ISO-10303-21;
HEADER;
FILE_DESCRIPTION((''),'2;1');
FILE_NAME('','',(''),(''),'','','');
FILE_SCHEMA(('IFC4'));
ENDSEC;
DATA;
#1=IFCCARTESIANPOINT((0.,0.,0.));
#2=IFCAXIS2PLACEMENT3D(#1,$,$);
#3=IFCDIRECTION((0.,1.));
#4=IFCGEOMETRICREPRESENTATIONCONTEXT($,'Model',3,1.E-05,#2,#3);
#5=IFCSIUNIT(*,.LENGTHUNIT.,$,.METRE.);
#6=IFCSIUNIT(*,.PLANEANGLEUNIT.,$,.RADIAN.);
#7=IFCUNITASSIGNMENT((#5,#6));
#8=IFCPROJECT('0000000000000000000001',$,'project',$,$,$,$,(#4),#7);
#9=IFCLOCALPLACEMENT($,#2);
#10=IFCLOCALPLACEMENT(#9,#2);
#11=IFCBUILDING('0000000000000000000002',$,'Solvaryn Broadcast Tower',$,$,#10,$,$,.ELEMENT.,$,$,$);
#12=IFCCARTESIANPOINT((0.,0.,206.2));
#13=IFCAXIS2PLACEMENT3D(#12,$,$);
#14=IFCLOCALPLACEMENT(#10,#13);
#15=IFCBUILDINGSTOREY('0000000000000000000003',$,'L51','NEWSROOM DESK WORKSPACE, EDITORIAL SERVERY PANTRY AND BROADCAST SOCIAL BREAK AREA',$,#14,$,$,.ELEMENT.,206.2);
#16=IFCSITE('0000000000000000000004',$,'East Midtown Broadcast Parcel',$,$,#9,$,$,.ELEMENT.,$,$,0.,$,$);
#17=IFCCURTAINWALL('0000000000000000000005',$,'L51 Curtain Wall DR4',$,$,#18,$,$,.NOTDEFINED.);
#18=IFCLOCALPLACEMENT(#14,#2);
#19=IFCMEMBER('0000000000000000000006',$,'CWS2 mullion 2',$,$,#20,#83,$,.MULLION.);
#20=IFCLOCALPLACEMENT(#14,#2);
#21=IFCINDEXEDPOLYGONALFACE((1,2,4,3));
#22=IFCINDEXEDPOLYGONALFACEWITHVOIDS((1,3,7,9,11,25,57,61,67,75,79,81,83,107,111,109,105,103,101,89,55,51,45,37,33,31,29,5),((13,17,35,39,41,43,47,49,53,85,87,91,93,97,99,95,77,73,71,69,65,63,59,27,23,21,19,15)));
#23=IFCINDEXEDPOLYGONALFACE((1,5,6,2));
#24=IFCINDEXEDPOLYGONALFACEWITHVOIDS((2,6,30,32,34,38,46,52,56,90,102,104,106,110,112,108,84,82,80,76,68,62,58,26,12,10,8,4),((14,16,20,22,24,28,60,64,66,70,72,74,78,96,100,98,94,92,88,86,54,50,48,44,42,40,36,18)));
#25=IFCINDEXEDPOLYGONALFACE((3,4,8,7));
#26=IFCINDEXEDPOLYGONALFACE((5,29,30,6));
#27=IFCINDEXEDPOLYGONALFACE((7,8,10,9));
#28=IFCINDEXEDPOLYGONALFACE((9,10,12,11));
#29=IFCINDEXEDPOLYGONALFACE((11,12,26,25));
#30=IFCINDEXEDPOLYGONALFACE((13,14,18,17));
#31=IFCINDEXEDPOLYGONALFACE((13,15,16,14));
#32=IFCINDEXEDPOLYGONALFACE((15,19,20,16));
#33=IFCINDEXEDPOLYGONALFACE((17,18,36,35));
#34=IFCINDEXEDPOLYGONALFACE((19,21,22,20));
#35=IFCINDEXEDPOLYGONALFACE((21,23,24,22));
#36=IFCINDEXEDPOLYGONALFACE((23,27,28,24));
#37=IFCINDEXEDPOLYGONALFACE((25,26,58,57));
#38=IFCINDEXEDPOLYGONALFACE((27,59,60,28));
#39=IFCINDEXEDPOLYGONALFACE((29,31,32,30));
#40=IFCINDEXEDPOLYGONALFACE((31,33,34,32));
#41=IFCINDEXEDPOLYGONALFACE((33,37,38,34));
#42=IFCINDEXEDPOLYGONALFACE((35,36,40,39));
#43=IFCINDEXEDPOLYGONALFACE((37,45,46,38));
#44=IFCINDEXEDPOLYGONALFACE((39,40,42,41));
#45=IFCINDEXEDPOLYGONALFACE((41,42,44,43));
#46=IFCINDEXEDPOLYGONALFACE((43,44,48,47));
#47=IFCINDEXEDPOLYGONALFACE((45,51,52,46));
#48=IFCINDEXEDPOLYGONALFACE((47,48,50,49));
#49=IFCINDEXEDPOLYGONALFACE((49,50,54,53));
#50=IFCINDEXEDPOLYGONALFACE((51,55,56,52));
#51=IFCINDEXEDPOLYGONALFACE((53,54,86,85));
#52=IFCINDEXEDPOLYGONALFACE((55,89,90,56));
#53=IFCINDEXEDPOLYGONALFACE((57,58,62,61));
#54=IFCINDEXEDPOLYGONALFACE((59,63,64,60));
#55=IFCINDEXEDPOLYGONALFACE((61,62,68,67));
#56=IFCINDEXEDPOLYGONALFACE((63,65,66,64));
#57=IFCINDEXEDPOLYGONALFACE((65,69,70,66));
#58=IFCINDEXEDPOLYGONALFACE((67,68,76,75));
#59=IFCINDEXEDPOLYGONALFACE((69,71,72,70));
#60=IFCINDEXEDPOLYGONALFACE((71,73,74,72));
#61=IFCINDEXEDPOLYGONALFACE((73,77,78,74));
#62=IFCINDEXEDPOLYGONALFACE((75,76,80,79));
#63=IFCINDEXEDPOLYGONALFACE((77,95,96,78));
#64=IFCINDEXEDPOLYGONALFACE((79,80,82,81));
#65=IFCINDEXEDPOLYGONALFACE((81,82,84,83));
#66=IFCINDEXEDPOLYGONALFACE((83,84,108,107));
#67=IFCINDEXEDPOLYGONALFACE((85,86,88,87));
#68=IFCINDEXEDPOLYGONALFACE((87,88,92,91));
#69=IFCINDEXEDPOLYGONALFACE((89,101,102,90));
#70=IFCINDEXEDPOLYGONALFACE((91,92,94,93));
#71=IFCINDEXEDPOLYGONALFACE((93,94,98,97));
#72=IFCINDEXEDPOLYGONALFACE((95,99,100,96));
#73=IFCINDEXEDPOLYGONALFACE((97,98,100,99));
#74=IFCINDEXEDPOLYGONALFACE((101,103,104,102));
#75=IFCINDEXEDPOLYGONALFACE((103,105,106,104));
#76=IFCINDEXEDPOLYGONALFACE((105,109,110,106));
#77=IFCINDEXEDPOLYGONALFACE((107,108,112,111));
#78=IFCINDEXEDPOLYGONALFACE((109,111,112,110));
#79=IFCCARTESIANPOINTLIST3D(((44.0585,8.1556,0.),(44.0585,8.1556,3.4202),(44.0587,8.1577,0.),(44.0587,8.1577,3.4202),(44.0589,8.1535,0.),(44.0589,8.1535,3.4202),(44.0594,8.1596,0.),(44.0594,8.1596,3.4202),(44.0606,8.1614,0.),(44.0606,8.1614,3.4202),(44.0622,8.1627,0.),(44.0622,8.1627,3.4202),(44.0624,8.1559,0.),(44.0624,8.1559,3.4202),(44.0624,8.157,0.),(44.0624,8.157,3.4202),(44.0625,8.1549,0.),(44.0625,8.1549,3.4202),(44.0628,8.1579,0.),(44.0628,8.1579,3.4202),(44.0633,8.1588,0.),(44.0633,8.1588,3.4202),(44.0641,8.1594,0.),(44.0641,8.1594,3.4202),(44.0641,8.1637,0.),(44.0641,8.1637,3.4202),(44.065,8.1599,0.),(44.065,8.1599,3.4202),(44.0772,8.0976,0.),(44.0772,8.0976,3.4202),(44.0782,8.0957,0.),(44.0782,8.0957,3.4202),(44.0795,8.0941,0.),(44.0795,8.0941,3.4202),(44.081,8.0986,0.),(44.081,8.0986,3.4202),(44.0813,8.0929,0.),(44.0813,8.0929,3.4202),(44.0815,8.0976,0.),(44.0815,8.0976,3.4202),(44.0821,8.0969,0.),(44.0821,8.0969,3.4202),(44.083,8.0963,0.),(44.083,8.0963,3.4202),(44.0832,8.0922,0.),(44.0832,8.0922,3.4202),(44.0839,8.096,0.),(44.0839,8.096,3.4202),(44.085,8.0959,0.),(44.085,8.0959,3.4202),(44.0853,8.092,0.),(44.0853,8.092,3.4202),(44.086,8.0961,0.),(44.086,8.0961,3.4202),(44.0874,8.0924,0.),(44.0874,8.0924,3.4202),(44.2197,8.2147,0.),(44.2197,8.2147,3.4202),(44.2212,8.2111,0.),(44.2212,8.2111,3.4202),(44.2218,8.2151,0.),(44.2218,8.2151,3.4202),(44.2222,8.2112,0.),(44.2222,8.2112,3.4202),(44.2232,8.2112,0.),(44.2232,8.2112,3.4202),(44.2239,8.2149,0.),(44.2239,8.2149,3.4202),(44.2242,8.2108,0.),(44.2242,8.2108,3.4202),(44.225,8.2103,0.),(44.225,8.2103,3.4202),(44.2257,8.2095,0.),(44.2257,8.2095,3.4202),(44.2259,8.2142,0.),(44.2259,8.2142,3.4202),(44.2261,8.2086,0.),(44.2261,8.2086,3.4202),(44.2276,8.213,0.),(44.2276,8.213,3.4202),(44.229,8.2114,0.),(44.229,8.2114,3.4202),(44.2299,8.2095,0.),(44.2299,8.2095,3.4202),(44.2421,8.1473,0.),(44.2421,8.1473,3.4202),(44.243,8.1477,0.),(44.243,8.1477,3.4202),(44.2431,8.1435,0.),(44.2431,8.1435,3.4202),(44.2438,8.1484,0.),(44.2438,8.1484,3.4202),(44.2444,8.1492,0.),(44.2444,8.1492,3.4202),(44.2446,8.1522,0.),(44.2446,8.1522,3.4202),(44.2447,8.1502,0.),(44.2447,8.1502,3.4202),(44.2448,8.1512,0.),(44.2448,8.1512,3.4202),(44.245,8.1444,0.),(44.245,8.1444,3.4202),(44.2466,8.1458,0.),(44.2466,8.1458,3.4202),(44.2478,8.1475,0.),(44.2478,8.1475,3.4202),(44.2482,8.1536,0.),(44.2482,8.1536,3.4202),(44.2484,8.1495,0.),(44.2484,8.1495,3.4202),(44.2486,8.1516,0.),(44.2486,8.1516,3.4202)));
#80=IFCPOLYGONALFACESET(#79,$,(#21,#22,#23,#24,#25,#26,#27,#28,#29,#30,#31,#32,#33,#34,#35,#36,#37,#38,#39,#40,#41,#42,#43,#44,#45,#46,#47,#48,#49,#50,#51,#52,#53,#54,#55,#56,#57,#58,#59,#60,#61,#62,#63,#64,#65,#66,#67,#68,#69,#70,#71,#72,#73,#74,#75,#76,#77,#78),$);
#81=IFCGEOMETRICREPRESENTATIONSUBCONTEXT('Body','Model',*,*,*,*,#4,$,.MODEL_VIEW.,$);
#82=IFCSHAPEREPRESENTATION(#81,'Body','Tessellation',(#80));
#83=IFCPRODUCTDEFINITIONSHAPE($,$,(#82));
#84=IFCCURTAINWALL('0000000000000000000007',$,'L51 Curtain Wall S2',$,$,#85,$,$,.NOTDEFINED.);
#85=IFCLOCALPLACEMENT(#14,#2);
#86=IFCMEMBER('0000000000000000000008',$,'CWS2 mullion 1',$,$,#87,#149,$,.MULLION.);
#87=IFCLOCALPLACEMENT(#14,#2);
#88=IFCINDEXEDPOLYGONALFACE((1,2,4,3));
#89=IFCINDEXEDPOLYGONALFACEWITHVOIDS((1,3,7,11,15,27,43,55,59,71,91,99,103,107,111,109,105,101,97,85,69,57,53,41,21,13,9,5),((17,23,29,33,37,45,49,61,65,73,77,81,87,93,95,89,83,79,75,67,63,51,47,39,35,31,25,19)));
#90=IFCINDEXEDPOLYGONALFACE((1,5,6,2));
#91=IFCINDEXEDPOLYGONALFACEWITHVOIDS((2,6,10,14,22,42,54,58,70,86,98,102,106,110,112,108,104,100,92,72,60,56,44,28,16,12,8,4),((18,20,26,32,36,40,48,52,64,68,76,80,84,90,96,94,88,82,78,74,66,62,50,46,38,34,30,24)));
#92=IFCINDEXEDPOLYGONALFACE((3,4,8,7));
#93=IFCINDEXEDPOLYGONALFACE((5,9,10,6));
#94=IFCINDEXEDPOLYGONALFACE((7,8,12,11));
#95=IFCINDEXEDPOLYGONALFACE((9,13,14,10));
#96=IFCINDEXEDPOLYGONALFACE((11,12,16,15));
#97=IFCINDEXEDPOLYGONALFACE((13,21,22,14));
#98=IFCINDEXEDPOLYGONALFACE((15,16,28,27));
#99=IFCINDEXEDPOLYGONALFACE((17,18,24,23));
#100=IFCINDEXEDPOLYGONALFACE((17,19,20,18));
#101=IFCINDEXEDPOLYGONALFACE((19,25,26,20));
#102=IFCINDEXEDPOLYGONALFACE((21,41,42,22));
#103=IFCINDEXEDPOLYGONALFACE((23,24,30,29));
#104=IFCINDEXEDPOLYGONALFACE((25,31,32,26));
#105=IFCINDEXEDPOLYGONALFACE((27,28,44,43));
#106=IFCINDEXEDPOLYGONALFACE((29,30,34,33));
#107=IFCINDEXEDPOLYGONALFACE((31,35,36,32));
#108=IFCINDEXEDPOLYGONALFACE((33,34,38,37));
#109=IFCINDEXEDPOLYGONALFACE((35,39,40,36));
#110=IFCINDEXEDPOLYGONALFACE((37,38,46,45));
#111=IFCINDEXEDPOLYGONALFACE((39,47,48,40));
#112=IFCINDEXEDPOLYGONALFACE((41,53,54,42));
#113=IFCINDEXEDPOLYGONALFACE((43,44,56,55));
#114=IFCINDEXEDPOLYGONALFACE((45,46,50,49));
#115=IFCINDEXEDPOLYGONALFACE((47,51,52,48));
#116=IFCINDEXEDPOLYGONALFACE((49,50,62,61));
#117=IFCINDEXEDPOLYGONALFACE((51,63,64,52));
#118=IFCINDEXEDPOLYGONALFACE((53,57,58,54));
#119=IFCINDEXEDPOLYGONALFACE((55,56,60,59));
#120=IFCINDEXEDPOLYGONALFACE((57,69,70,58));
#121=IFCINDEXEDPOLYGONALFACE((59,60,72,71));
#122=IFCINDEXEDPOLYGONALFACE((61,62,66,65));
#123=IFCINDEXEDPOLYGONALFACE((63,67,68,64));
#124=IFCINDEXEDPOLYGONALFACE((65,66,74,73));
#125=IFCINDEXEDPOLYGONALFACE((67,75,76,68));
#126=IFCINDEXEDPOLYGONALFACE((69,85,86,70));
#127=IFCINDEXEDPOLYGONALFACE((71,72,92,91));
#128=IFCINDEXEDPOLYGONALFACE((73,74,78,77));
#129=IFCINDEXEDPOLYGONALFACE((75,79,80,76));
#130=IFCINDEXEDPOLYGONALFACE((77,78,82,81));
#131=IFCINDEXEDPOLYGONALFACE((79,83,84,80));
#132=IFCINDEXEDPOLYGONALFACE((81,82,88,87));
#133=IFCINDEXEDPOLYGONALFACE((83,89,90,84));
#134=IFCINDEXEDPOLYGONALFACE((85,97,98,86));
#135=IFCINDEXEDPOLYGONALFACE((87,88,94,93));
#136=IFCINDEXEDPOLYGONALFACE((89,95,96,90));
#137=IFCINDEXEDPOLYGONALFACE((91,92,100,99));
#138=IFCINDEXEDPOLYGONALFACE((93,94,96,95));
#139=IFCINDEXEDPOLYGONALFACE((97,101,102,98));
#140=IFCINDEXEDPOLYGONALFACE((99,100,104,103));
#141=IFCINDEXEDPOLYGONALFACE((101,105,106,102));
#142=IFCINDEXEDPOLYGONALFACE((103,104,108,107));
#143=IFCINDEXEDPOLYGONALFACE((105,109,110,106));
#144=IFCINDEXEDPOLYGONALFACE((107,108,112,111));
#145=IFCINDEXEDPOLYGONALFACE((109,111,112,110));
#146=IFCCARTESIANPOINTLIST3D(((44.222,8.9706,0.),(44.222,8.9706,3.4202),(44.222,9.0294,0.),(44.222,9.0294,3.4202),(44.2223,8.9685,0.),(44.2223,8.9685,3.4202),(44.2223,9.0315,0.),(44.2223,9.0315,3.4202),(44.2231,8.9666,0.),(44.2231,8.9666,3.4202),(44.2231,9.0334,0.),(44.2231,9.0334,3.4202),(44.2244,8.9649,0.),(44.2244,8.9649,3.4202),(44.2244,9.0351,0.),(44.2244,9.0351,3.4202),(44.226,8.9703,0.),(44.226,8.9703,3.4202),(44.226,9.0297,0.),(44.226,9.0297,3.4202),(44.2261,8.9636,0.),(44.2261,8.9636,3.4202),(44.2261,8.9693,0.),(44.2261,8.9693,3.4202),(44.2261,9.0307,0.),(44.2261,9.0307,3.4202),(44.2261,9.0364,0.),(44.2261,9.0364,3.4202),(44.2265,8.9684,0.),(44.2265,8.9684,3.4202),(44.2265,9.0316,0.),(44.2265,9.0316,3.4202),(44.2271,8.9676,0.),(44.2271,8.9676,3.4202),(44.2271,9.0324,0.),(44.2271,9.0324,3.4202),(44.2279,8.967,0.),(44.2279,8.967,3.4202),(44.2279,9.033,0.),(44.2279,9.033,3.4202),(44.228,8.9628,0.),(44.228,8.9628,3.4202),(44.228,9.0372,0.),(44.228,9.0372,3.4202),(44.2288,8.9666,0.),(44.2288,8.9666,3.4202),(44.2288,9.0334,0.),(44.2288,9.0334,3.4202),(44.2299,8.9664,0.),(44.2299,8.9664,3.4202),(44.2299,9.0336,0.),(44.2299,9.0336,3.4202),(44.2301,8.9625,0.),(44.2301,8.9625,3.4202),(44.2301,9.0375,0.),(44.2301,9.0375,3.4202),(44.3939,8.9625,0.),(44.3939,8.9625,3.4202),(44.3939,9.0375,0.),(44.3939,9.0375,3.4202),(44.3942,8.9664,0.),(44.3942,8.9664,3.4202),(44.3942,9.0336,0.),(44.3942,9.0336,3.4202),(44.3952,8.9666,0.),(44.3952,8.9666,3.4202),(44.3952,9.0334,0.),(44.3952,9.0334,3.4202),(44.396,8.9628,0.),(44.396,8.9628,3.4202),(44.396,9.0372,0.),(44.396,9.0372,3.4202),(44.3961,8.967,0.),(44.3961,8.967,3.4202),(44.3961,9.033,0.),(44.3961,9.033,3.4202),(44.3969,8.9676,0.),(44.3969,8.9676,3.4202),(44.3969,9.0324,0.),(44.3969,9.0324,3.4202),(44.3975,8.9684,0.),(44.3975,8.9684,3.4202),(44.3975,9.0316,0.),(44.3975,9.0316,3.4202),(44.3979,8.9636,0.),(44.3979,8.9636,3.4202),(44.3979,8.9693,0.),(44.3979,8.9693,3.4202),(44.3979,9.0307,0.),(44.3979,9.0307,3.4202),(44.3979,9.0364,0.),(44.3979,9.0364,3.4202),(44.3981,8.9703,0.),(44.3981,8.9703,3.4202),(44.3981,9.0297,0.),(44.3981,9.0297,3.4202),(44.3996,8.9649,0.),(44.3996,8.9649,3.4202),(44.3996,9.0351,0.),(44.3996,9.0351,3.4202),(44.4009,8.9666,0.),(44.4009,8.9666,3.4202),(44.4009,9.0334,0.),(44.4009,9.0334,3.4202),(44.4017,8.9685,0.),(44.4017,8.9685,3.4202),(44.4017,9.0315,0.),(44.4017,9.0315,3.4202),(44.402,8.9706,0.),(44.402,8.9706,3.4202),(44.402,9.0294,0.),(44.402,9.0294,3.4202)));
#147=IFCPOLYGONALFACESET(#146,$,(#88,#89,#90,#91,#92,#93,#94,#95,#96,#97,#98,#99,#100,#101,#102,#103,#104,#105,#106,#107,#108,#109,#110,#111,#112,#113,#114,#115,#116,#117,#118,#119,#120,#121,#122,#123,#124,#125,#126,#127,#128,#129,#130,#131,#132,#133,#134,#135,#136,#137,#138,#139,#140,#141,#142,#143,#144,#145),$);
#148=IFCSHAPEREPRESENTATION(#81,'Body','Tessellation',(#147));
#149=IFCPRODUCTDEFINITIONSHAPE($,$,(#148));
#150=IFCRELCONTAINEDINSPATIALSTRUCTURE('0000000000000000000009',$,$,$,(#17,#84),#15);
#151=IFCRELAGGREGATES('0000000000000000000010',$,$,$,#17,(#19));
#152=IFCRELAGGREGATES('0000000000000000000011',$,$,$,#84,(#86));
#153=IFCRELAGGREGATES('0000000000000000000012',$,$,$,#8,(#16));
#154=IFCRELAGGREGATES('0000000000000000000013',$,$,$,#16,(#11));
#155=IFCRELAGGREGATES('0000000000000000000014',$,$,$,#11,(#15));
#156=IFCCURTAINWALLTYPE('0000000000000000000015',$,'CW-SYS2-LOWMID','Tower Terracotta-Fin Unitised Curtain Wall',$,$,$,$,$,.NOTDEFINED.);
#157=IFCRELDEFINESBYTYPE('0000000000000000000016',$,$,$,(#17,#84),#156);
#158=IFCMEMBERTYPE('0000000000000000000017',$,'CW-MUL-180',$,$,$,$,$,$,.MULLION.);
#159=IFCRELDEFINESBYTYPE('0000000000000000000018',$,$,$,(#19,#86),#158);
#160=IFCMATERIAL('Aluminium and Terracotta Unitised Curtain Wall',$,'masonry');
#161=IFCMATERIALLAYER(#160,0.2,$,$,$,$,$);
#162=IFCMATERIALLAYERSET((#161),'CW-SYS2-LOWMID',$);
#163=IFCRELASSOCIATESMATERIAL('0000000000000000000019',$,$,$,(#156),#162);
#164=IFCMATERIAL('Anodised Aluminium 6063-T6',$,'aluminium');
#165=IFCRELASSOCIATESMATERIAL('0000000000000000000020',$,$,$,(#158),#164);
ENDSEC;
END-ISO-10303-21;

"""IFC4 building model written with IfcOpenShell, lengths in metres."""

from ifc_helpers import new_model, si_unit, direction, frame, origin, origin_2d, place, context, subcontext, project, spatial, hollow_rectangle, extrude, material, layer, layer_set, material_profile, profile_set, type_object, element, aggregate, save


model = new_model("IFC4")

# Units and contexts
model_context = context("Model", 3, precision=1e-05, world=origin(), true_north=direction((0.0, 1.0)))
body_context = subcontext(model_context, "Body", "Model", "MODEL_VIEW")
ifc_project = project(units=[si_unit("LENGTHUNIT", "METRE"), si_unit("PLANEANGLEUNIT", "RADIAN")], contexts=[model_context])

# Site, building, storey
site_placement = place(None, origin())
site = spatial("IfcSite", under=ifc_project, at=site_placement, Name="East Midtown Broadcast Parcel", CompositionType="ELEMENT", RefElevation=0.0)
building_placement = place(site_placement, origin())
building = spatial("IfcBuilding", under=site, at=building_placement, Name="Solvaryn Broadcast Tower", CompositionType="ELEMENT")
storey_placement = place(building_placement, frame((0.0, 0.0, 206.2)))
storey = spatial("IfcBuildingStorey", under=building, at=storey_placement, Name="L51", Description="NEWSROOM DESK WORKSPACE, EDITORIAL SERVERY PANTRY AND BROADCAST SOCIAL BREAK AREA", CompositionType="ELEMENT", Elevation=206.2)

# Curtain wall, member
ifc_material_1 = material(Name="Aluminium and Terracotta Unitised Curtain Wall", Category="masonry")
ifc_layer_1 = layer(ifc_material_1, 0.2)
ifc_layer_set_1 = layer_set([ifc_layer_1], Name="CW-SYS2-LOWMID")
curtain_wall_type = type_object("IfcCurtainWallType", Name="CW-SYS2-LOWMID", Description="Tower Terracotta-Fin Unitised Curtain Wall", PredefinedType="NOTDEFINED", material=ifc_layer_set_1)
curtain_wall_1_placement = place(storey_placement, origin())
curtain_wall_1 = element("IfcCurtainWall", 1, at=curtain_wall_1_placement, inside=storey, type_object=curtain_wall_type, Name="L51 Curtain Wall DR4", PredefinedType="NOTDEFINED")
ifc_material_2 = material(Name="Anodised Aluminium 6063-T6", Category="aluminium")
ifc_material_profile_1 = material_profile(ifc_material_2, hollow_rectangle(XDim=0.075, YDim=0.1799, WallThickness=0.0039, InnerFilletRadius=0.0039, OuterFilletRadius=0.0081, at=origin_2d()))
ifc_profile_set_1 = profile_set([ifc_material_profile_1], Name="Anodised Aluminium 6063-T6")
member_type_1 = type_object("IfcMemberType", Name="CW-MUL-180", PredefinedType="MULLION", material=ifc_profile_set_1)
member_1_placement = place(storey_placement, frame((44.1536, 8.1536, 0.0), z_axis=(0.0, 0.0, 1.0), x_axis=(-0.311559, 0.950227, 0.0)))
member_1 = element("IfcMember", 2, at=member_1_placement, type_object=member_type_1, Name="CWS2 mullion 2", PredefinedType="MULLION", context=body_context, shape_type="SweptSolid", body=[
    extrude(hollow_rectangle(XDim=0.075, YDim=0.1799, WallThickness=0.0039, InnerFilletRadius=0.0039, OuterFilletRadius=0.0081, at=origin_2d()), origin(), (0.0, 0.0, 1.0), 3.4202),
])
aggregate(curtain_wall_1, [member_1])

# Curtain wall, member
curtain_wall_2_placement = place(storey_placement, origin())
curtain_wall_2 = element("IfcCurtainWall", 3, at=curtain_wall_2_placement, inside=storey, type_object=curtain_wall_type, Name="L51 Curtain Wall S2", PredefinedType="NOTDEFINED")
member_2_placement = place(storey_placement, frame((44.312, 9.0, 0.0), z_axis=(0.0, 0.0, 1.0), x_axis=(0.0, 1.0, 0.0)))
member_2 = element("IfcMember", 4, at=member_2_placement, type_object=member_type_1, Name="CWS2 mullion 1", PredefinedType="MULLION", context=body_context, shape_type="SweptSolid", body=[
    extrude(hollow_rectangle(XDim=0.075, YDim=0.1799, WallThickness=0.0039, InnerFilletRadius=0.0039, OuterFilletRadius=0.0081, at=origin_2d()), origin(), (0.0, 0.0, 1.0), 3.4202),
])
aggregate(curtain_wall_2, [member_2])

save(model, "model.ifc")
